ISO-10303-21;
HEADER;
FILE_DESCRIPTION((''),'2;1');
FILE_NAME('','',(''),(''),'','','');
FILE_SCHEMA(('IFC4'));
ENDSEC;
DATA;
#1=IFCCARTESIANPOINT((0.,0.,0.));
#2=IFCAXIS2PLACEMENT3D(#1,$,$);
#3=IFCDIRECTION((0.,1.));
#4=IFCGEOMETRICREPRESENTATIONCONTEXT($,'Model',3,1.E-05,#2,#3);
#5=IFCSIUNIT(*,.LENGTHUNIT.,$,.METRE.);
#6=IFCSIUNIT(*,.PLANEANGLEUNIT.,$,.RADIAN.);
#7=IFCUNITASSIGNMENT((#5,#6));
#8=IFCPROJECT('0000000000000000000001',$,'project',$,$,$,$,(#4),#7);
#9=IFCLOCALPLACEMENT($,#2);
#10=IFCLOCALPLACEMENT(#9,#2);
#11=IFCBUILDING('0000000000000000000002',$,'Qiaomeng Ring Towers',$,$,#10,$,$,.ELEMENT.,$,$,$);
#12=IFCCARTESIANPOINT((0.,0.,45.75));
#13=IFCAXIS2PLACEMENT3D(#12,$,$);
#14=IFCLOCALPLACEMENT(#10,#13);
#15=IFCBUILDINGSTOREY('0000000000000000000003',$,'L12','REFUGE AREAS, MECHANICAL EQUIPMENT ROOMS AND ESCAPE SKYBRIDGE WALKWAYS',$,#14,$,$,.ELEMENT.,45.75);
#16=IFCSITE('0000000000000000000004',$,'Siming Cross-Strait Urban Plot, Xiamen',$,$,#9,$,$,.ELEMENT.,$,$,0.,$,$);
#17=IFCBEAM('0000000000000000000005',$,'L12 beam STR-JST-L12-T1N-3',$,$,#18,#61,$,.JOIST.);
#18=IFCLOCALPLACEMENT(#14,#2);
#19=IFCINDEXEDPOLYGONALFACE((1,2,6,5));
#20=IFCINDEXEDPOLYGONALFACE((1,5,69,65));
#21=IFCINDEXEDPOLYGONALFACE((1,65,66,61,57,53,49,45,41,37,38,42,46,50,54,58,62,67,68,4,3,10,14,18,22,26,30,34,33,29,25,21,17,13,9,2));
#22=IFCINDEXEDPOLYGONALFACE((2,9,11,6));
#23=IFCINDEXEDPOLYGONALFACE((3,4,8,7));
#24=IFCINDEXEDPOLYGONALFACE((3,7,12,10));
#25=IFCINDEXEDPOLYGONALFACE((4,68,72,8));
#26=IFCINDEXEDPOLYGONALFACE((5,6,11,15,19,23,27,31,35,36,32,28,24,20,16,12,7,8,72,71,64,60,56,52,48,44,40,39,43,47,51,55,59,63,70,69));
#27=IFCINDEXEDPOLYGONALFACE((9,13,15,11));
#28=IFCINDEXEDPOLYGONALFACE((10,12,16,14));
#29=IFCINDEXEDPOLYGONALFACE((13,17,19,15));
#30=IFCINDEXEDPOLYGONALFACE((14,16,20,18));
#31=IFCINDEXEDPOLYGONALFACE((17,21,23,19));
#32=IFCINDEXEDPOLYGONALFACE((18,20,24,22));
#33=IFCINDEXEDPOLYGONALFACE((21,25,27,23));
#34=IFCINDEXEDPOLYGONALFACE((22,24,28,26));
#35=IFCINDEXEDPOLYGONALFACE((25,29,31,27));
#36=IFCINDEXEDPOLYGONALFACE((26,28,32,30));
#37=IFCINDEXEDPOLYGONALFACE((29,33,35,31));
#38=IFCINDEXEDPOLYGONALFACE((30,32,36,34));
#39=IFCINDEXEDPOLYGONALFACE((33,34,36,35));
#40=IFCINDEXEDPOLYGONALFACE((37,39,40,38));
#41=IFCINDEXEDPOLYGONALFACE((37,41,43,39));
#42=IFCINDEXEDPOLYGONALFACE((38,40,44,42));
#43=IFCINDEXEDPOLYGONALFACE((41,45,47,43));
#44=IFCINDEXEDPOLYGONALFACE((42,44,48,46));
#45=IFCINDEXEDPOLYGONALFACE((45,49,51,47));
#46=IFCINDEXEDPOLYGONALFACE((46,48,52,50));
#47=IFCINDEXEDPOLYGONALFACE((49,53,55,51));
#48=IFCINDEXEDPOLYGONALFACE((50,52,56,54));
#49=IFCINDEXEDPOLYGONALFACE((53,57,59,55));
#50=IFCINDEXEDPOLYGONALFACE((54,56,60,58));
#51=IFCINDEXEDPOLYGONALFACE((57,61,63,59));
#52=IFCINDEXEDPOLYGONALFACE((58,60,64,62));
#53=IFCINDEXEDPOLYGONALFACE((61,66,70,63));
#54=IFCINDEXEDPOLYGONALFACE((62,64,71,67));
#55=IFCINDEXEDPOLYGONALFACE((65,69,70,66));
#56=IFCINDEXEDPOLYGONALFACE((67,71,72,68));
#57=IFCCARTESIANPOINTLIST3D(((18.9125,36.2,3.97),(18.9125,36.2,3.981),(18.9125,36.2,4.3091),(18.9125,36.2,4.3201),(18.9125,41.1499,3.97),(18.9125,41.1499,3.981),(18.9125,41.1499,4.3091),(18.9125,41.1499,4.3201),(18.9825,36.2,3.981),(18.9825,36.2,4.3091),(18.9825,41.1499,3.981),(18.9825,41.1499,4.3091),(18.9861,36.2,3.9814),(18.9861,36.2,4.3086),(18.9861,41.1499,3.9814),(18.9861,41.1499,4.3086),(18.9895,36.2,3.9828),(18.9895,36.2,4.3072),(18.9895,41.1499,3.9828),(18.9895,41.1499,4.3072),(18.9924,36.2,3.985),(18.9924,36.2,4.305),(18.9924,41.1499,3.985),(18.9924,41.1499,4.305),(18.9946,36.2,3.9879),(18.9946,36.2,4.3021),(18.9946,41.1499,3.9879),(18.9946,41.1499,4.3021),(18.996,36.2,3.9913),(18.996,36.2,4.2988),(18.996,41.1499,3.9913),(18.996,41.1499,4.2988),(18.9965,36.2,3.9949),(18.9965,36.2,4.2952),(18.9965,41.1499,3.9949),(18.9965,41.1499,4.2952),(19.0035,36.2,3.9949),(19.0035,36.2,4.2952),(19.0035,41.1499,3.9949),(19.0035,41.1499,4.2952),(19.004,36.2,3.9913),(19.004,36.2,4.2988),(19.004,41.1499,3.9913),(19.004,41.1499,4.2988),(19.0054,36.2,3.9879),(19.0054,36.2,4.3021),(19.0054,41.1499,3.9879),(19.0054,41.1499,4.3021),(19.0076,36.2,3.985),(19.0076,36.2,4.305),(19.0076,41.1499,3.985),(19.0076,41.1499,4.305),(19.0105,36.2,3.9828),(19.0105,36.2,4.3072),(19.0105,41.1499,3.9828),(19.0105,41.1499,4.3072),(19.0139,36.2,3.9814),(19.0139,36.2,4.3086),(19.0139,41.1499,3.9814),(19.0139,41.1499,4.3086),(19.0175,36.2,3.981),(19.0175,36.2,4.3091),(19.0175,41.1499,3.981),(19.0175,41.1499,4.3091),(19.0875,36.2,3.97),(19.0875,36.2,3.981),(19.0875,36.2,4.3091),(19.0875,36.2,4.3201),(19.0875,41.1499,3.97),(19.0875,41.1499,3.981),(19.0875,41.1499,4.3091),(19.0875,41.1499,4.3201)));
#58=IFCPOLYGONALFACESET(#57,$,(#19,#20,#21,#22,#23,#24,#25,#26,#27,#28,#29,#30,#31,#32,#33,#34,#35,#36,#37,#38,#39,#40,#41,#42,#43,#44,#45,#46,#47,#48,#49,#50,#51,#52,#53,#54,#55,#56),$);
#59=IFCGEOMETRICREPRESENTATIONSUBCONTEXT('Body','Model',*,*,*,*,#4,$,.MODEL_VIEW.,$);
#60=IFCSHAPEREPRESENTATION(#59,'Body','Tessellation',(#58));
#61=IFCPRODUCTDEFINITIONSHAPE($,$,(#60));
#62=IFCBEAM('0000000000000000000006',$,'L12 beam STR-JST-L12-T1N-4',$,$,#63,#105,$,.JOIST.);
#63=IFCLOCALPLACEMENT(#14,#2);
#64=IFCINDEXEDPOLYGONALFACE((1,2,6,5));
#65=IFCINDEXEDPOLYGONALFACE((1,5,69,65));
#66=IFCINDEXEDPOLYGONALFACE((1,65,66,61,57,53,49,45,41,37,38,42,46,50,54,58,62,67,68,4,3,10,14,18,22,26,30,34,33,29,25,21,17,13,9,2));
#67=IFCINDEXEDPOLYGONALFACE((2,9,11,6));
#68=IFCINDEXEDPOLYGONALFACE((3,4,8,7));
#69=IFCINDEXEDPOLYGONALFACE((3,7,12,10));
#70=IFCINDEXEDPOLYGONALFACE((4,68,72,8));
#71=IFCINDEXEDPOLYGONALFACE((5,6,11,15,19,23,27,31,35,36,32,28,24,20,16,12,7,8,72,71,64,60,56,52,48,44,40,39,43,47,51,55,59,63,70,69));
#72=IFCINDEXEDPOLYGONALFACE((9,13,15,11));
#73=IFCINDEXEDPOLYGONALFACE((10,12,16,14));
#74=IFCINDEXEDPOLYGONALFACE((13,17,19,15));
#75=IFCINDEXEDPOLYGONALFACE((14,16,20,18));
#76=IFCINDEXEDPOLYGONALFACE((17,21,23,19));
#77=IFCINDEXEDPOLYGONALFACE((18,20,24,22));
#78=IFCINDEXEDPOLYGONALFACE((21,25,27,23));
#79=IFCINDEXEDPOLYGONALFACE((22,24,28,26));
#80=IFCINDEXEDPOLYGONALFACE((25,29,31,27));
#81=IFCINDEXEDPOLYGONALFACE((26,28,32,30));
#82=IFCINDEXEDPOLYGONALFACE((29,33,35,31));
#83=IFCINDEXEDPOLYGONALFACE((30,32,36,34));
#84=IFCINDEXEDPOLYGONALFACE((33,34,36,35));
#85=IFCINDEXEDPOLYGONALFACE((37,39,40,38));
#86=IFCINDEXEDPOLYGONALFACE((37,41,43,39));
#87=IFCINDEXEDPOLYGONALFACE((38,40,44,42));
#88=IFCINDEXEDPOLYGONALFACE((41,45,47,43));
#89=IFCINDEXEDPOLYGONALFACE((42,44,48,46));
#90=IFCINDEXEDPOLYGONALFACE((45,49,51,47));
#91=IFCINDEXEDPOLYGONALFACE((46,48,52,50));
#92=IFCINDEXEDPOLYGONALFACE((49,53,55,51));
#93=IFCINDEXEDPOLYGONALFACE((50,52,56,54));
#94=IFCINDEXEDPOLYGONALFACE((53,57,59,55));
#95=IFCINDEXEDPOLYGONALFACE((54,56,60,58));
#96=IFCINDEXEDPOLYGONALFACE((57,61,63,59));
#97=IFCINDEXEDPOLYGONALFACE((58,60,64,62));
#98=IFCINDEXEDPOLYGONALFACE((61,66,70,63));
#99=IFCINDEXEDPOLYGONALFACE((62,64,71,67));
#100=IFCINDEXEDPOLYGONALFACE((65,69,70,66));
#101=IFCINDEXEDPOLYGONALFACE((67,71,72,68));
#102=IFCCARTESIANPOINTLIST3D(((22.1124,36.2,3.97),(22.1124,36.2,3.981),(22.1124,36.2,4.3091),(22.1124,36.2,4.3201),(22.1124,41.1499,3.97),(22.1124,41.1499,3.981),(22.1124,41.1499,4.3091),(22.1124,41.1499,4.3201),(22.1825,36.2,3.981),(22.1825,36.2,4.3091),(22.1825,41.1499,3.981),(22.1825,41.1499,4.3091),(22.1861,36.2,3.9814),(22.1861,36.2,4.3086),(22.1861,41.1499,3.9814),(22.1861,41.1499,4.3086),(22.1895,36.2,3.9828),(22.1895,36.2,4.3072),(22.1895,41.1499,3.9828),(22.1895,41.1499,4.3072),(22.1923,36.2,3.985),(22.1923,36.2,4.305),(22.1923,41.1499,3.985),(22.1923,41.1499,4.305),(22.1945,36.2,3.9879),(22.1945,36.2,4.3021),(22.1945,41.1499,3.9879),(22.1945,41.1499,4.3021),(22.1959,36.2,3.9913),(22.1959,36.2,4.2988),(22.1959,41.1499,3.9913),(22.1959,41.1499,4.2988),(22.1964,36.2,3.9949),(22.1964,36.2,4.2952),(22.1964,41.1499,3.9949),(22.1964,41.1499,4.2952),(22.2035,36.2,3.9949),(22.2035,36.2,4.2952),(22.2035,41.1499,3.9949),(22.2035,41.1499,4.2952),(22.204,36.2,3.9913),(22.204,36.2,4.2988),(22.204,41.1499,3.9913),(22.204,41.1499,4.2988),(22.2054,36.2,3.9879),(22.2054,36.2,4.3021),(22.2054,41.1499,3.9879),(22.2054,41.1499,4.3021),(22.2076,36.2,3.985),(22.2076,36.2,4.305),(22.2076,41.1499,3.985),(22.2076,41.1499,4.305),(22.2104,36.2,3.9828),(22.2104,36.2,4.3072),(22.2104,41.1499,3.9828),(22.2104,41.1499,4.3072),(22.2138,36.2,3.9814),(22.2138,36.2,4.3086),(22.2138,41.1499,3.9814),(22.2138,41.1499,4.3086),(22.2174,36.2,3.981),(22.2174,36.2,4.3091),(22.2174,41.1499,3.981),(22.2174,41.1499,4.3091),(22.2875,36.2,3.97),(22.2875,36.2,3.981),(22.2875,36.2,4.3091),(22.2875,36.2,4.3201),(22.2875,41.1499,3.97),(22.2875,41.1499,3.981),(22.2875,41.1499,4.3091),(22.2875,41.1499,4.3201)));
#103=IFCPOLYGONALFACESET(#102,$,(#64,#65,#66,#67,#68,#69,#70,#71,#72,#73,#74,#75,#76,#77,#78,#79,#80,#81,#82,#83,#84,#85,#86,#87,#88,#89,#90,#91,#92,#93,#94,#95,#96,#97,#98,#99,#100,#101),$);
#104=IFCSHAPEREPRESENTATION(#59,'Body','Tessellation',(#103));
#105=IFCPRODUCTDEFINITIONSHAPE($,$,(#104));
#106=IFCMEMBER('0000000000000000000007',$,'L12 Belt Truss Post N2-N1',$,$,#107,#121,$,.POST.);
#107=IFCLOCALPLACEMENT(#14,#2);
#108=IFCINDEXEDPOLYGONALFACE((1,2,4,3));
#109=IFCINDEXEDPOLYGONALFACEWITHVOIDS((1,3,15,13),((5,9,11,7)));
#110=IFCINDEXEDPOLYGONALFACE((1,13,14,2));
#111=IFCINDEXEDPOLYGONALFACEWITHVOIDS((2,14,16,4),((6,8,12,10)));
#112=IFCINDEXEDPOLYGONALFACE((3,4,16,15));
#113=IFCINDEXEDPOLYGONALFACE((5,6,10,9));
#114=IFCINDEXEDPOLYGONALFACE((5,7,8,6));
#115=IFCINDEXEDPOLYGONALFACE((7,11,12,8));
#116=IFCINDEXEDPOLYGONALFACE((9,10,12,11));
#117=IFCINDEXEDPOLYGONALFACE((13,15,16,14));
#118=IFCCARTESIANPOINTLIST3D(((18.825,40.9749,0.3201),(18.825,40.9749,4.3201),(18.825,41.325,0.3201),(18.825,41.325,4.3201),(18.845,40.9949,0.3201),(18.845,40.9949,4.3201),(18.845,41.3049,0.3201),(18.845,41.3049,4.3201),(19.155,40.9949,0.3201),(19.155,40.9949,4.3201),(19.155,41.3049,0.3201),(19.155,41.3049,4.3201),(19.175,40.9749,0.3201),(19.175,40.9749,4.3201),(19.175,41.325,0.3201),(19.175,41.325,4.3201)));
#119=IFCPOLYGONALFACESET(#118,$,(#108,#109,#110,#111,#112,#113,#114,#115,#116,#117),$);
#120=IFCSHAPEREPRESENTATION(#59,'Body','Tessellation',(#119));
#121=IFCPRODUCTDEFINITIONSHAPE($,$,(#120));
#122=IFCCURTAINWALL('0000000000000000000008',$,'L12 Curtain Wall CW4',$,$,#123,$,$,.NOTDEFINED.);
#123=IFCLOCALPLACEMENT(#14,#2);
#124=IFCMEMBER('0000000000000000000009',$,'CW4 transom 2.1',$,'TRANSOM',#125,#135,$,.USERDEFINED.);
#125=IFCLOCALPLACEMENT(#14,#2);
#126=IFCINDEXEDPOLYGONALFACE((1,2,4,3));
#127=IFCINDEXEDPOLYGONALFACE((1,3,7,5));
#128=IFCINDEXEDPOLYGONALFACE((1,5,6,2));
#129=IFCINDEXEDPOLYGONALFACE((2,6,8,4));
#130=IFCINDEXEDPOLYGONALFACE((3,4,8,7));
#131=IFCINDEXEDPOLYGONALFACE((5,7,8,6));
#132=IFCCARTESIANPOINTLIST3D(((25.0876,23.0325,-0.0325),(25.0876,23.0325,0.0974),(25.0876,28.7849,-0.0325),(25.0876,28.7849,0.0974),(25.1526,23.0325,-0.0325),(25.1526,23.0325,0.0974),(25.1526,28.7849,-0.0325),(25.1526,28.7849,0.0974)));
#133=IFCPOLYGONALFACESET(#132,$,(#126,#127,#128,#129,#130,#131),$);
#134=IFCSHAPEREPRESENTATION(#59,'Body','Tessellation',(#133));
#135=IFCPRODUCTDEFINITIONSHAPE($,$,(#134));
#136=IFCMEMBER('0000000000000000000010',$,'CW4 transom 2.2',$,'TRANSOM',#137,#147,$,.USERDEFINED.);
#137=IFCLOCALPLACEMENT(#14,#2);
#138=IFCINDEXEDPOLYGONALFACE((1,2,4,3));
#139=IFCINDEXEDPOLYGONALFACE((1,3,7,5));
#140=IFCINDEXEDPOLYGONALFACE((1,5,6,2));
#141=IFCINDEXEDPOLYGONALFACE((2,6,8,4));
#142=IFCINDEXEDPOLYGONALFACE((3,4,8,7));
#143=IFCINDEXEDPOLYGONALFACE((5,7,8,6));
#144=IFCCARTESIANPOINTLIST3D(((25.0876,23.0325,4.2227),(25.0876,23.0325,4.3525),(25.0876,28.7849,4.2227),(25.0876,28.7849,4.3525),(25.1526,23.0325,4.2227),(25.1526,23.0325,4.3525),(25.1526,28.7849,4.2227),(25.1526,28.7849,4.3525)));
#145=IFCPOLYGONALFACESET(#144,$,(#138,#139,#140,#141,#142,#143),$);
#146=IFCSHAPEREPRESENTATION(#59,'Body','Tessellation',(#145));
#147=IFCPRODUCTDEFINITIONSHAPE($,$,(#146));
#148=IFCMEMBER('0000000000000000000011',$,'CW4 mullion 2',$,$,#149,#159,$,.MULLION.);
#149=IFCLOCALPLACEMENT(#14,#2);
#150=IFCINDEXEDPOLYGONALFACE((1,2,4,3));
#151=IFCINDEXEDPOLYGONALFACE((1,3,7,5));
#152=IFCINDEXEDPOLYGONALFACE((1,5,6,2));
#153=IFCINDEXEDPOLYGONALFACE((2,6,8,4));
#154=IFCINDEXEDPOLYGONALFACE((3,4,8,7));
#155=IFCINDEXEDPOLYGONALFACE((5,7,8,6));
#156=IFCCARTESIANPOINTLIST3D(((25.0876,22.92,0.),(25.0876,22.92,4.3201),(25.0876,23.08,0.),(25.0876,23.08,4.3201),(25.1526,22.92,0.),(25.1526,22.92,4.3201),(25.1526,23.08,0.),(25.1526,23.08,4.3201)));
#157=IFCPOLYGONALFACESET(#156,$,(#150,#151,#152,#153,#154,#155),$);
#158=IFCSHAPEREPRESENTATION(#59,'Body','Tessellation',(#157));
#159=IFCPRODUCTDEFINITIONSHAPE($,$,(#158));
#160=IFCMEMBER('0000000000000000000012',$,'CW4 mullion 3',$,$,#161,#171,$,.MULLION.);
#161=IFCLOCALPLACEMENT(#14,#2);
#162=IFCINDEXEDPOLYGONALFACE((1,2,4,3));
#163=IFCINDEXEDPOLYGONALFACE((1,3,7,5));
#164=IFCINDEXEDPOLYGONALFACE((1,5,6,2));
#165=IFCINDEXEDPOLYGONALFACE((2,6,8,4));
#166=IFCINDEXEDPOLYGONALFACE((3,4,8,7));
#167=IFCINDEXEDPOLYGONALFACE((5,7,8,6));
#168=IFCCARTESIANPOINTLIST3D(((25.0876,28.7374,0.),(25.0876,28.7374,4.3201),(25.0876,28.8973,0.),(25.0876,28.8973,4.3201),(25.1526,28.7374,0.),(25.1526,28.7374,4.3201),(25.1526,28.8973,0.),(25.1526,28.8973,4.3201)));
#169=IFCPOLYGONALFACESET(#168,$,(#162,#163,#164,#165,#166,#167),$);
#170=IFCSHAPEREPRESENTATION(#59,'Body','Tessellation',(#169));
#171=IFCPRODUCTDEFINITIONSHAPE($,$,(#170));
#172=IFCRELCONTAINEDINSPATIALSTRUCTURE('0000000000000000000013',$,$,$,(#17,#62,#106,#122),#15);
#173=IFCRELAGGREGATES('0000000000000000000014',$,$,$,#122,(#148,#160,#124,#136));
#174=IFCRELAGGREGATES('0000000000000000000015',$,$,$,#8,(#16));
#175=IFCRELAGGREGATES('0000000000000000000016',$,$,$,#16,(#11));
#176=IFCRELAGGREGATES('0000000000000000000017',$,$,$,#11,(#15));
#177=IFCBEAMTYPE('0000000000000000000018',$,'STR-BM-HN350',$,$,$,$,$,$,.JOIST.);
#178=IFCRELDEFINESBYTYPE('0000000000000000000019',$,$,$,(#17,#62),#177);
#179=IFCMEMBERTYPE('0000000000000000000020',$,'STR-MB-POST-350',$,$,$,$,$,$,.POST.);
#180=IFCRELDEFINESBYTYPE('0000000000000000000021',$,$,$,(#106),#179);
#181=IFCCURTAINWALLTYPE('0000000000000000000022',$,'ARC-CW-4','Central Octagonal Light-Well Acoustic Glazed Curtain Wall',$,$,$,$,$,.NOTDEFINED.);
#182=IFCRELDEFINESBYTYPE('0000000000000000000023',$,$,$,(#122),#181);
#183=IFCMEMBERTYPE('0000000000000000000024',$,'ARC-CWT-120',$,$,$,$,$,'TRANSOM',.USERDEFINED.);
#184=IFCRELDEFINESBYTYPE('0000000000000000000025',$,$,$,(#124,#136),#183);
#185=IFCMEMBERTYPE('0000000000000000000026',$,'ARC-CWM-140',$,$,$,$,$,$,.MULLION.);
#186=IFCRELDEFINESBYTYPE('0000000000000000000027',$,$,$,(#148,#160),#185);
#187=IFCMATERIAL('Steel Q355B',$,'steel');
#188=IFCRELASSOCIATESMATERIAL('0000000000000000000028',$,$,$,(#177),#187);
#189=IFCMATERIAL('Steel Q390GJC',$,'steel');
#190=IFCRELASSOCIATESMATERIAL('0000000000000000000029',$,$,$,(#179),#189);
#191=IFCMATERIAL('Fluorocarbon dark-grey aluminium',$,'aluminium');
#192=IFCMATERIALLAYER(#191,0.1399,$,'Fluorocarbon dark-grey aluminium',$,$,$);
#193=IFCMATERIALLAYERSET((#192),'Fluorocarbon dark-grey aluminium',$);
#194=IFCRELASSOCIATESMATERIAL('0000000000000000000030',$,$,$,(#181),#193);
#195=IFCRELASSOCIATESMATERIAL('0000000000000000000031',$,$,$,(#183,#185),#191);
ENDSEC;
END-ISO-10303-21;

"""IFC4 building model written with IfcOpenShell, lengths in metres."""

from ifc_helpers import new_model, si_unit, direction, frame, origin, origin_2d, place, context, subcontext, project, spatial, rectangle, hollow_rectangle, i_section, extrude, source, transform, mapped, material, layer, layer_set, material_profile, profile_set, type_object, element, aggregate, save


model = new_model("IFC4")

# Units and contexts
model_context = context("Model", 3, precision=1e-05, world=origin(), true_north=direction((0.0, 1.0)))
body_context = subcontext(model_context, "Body", "Model", "MODEL_VIEW")
ifc_project = project(units=[si_unit("LENGTHUNIT", "METRE"), si_unit("PLANEANGLEUNIT", "RADIAN")], contexts=[model_context])

# Site, building, storey
site_placement = place(None, origin())
site = spatial("IfcSite", under=ifc_project, at=site_placement, Name="Siming Cross-Strait Urban Plot, Xiamen", CompositionType="ELEMENT", RefElevation=0.0)
building_placement = place(site_placement, origin())
building = spatial("IfcBuilding", under=site, at=building_placement, Name="Qiaomeng Ring Towers", CompositionType="ELEMENT")
storey_placement = place(building_placement, frame((0.0, 0.0, 45.75)))
storey = spatial("IfcBuildingStorey", under=building, at=storey_placement, Name="L12", Description="REFUGE AREAS, MECHANICAL EQUIPMENT ROOMS AND ESCAPE SKYBRIDGE WALKWAYS", CompositionType="ELEMENT", Elevation=45.75)

# Beams
ifc_material_1 = material(Name="Steel Q355B", Category="steel")
ifc_material_profile_1 = material_profile(ifc_material_1, i_section(OverallWidth=0.175, OverallDepth=0.3501, WebThickness=0.0071, FlangeThickness=0.011, FilletRadius=0.0139, at=origin_2d()), Name="HN 350x175x7x11")
ifc_profile_set_1 = profile_set([ifc_material_profile_1], Name="Steel Q355B")
beam_type = type_object("IfcBeamType", Name="STR-BM-HN350", PredefinedType="JOIST", material=ifc_profile_set_1)
shared_shape_1 = source(origin(), body_context, "Body", "SweptSolid", [
    extrude(i_section(OverallWidth=0.175, OverallDepth=0.3501, WebThickness=0.0071, FlangeThickness=0.011, FilletRadius=0.0139, at=origin_2d()), origin(), (0.0, 0.0, 1.0), 4.95),
])
for number, where, z_axis, x_axis, name in (
    (1, (19.0, 36.2, 4.145), (0.0, 1.0, 0.0), (-1.0, 0.0, 0.0), "L12 beam STR-JST-L12-T1N-3"),
    (2, (22.2, 36.2, 4.145), (0.0, 1.0, 0.0), (-1.0, 0.0, 0.0), "L12 beam STR-JST-L12-T1N-4"),
):
    element("IfcBeam", number, at=place(storey_placement, frame(where, z_axis=z_axis, x_axis=x_axis)), inside=storey, type_object=beam_type, Name=name, PredefinedType="JOIST", context=body_context, shape_type="MappedRepresentation", body=[
        mapped(shared_shape_1, transform((0.0, 0.0, 0.0), x_axis=(1.0, 0.0, 0.0), y_axis=(0.0, 1.0, 0.0), z_axis=(0.0, 0.0, 1.0), scale=1.0)),
    ])

# Member
ifc_material_2 = material(Name="Steel Q390GJC", Category="steel")
ifc_material_profile_2 = material_profile(ifc_material_2, hollow_rectangle(XDim=0.3501, YDim=0.3501, WallThickness=0.02, at=origin_2d()), Name="SHS 350x350x20")
ifc_profile_set_2 = profile_set([ifc_material_profile_2], Name="Steel Q390GJC")
member_type_1 = type_object("IfcMemberType", Name="STR-MB-POST-350", PredefinedType="POST", material=ifc_profile_set_2)
shared_shape_2 = source(origin(), body_context, "Body", "SweptSolid", [
    extrude(hollow_rectangle(XDim=0.3501, YDim=0.3501, WallThickness=0.02, at=origin_2d()), origin(), (0.0, 0.0, 1.0), 4.0),
])
member_1_placement = place(storey_placement, frame((19.0, 41.1499, 0.3201), z_axis=(0.0, 0.0, 1.0), x_axis=(1.0, 0.0, 0.0)))
element("IfcMember", 3, at=member_1_placement, inside=storey, type_object=member_type_1, Name="L12 Belt Truss Post N2-N1", PredefinedType="POST", context=body_context, shape_type="MappedRepresentation", body=[
    mapped(shared_shape_2, transform((0.0, 0.0, 0.0), x_axis=(1.0, 0.0, 0.0), y_axis=(0.0, 1.0, 0.0), z_axis=(0.0, 0.0, 1.0), scale=1.0)),
])

# Curtain wall, members
ifc_material_3 = material(Name="Fluorocarbon dark-grey aluminium", Category="aluminium")
ifc_layer_1 = layer(ifc_material_3, 0.1399, Name="Fluorocarbon dark-grey aluminium")
ifc_layer_set_1 = layer_set([ifc_layer_1], Name="Fluorocarbon dark-grey aluminium")
curtain_wall_type = type_object("IfcCurtainWallType", Name="ARC-CW-4", Description="Central Octagonal Light-Well Acoustic Glazed Curtain Wall", PredefinedType="NOTDEFINED", material=ifc_layer_set_1)
curtain_wall_placement = place(storey_placement, origin())
curtain_wall = element("IfcCurtainWall", 4, at=curtain_wall_placement, inside=storey, type_object=curtain_wall_type, Name="L12 Curtain Wall CW4", PredefinedType="NOTDEFINED")
ifc_material_profile_3 = material_profile(ifc_material_3, rectangle(XDim=0.0649, YDim=0.1299, at=origin_2d()), Name="ALU TRAN 65x130")
ifc_profile_set_3 = profile_set([ifc_material_profile_3], Name="Fluorocarbon dark-grey aluminium")
member_type_2 = type_object("IfcMemberType", Name="ARC-CWT-120", ElementType="TRANSOM", PredefinedType="USERDEFINED", material=ifc_profile_set_3)
shared_shape_3 = source(origin(), body_context, "Body", "SweptSolid", [
    extrude(rectangle(XDim=0.0649, YDim=0.1299, at=origin_2d()), origin(), (0.0, 0.0, 1.0), 5.7524),
])
member_2_placement = place(storey_placement, frame((25.1201, 23.0325, 0.0325), z_axis=(0.0, 1.0, 0.0), x_axis=(-1.0, 0.0, 0.0)))
member_2 = element("IfcMember", 5, at=member_2_placement, type_object=member_type_2, Name="CW4 transom 2.1", ObjectType="TRANSOM", PredefinedType="USERDEFINED", context=body_context, shape_type="MappedRepresentation", body=[
    mapped(shared_shape_3, transform((0.0, 0.0, 0.0), x_axis=(1.0, 0.0, 0.0), y_axis=(0.0, 1.0, 0.0), z_axis=(0.0, 0.0, 1.0), scale=1.0)),
])
member_3_placement = place(storey_placement, frame((25.1201, 23.0325, 4.2876), z_axis=(0.0, 1.0, 0.0), x_axis=(-1.0, 0.0, 0.0)))
member_3 = element("IfcMember", 6, at=member_3_placement, type_object=member_type_2, Name="CW4 transom 2.2", ObjectType="TRANSOM", PredefinedType="USERDEFINED", context=body_context, shape_type="MappedRepresentation", body=[
    mapped(shared_shape_3, transform((0.0, 0.0, 0.0), x_axis=(1.0, 0.0, 0.0), y_axis=(0.0, 1.0, 0.0), z_axis=(0.0, 0.0, 1.0), scale=1.0)),
])
ifc_material_profile_4 = material_profile(ifc_material_3, rectangle(XDim=0.0649, YDim=0.1599, at=origin_2d()), Name="ALU MULL 65x160")
ifc_profile_set_4 = profile_set([ifc_material_profile_4], Name="Fluorocarbon dark-grey aluminium")
member_type_3 = type_object("IfcMemberType", Name="ARC-CWM-140", PredefinedType="MULLION", material=ifc_profile_set_4)
shared_shape_4 = source(origin(), body_context, "Body", "SweptSolid", [
    extrude(rectangle(XDim=0.0649, YDim=0.1599, at=origin_2d()), origin(), (0.0, 0.0, 1.0), 4.3201),
])
member_4_placement = place(storey_placement, frame((25.1201, 23.0, 0.0), z_axis=(0.0, 0.0, 1.0), x_axis=(-1.0, 0.0, 0.0)))
member_4 = element("IfcMember", 7, at=member_4_placement, type_object=member_type_3, Name="CW4 mullion 2", PredefinedType="MULLION", context=body_context, shape_type="MappedRepresentation", body=[
    mapped(shared_shape_4, transform((0.0, 0.0, 0.0), x_axis=(1.0, 0.0, 0.0), y_axis=(0.0, 1.0, 0.0), z_axis=(0.0, 0.0, 1.0), scale=1.0)),
])
member_5_placement = place(storey_placement, frame((25.1201, 28.8174, 0.0), z_axis=(0.0, 0.0, 1.0), x_axis=(-1.0, 0.0, 0.0)))
member_5 = element("IfcMember", 8, at=member_5_placement, type_object=member_type_3, Name="CW4 mullion 3", PredefinedType="MULLION", context=body_context, shape_type="MappedRepresentation", body=[
    mapped(shared_shape_4, transform((0.0, 0.0, 0.0), x_axis=(1.0, 0.0, 0.0), y_axis=(0.0, 1.0, 0.0), z_axis=(0.0, 0.0, 1.0), scale=1.0)),
])

aggregate(curtain_wall, [member_4, member_5, member_2, member_3])

save(model, "model.ifc")
